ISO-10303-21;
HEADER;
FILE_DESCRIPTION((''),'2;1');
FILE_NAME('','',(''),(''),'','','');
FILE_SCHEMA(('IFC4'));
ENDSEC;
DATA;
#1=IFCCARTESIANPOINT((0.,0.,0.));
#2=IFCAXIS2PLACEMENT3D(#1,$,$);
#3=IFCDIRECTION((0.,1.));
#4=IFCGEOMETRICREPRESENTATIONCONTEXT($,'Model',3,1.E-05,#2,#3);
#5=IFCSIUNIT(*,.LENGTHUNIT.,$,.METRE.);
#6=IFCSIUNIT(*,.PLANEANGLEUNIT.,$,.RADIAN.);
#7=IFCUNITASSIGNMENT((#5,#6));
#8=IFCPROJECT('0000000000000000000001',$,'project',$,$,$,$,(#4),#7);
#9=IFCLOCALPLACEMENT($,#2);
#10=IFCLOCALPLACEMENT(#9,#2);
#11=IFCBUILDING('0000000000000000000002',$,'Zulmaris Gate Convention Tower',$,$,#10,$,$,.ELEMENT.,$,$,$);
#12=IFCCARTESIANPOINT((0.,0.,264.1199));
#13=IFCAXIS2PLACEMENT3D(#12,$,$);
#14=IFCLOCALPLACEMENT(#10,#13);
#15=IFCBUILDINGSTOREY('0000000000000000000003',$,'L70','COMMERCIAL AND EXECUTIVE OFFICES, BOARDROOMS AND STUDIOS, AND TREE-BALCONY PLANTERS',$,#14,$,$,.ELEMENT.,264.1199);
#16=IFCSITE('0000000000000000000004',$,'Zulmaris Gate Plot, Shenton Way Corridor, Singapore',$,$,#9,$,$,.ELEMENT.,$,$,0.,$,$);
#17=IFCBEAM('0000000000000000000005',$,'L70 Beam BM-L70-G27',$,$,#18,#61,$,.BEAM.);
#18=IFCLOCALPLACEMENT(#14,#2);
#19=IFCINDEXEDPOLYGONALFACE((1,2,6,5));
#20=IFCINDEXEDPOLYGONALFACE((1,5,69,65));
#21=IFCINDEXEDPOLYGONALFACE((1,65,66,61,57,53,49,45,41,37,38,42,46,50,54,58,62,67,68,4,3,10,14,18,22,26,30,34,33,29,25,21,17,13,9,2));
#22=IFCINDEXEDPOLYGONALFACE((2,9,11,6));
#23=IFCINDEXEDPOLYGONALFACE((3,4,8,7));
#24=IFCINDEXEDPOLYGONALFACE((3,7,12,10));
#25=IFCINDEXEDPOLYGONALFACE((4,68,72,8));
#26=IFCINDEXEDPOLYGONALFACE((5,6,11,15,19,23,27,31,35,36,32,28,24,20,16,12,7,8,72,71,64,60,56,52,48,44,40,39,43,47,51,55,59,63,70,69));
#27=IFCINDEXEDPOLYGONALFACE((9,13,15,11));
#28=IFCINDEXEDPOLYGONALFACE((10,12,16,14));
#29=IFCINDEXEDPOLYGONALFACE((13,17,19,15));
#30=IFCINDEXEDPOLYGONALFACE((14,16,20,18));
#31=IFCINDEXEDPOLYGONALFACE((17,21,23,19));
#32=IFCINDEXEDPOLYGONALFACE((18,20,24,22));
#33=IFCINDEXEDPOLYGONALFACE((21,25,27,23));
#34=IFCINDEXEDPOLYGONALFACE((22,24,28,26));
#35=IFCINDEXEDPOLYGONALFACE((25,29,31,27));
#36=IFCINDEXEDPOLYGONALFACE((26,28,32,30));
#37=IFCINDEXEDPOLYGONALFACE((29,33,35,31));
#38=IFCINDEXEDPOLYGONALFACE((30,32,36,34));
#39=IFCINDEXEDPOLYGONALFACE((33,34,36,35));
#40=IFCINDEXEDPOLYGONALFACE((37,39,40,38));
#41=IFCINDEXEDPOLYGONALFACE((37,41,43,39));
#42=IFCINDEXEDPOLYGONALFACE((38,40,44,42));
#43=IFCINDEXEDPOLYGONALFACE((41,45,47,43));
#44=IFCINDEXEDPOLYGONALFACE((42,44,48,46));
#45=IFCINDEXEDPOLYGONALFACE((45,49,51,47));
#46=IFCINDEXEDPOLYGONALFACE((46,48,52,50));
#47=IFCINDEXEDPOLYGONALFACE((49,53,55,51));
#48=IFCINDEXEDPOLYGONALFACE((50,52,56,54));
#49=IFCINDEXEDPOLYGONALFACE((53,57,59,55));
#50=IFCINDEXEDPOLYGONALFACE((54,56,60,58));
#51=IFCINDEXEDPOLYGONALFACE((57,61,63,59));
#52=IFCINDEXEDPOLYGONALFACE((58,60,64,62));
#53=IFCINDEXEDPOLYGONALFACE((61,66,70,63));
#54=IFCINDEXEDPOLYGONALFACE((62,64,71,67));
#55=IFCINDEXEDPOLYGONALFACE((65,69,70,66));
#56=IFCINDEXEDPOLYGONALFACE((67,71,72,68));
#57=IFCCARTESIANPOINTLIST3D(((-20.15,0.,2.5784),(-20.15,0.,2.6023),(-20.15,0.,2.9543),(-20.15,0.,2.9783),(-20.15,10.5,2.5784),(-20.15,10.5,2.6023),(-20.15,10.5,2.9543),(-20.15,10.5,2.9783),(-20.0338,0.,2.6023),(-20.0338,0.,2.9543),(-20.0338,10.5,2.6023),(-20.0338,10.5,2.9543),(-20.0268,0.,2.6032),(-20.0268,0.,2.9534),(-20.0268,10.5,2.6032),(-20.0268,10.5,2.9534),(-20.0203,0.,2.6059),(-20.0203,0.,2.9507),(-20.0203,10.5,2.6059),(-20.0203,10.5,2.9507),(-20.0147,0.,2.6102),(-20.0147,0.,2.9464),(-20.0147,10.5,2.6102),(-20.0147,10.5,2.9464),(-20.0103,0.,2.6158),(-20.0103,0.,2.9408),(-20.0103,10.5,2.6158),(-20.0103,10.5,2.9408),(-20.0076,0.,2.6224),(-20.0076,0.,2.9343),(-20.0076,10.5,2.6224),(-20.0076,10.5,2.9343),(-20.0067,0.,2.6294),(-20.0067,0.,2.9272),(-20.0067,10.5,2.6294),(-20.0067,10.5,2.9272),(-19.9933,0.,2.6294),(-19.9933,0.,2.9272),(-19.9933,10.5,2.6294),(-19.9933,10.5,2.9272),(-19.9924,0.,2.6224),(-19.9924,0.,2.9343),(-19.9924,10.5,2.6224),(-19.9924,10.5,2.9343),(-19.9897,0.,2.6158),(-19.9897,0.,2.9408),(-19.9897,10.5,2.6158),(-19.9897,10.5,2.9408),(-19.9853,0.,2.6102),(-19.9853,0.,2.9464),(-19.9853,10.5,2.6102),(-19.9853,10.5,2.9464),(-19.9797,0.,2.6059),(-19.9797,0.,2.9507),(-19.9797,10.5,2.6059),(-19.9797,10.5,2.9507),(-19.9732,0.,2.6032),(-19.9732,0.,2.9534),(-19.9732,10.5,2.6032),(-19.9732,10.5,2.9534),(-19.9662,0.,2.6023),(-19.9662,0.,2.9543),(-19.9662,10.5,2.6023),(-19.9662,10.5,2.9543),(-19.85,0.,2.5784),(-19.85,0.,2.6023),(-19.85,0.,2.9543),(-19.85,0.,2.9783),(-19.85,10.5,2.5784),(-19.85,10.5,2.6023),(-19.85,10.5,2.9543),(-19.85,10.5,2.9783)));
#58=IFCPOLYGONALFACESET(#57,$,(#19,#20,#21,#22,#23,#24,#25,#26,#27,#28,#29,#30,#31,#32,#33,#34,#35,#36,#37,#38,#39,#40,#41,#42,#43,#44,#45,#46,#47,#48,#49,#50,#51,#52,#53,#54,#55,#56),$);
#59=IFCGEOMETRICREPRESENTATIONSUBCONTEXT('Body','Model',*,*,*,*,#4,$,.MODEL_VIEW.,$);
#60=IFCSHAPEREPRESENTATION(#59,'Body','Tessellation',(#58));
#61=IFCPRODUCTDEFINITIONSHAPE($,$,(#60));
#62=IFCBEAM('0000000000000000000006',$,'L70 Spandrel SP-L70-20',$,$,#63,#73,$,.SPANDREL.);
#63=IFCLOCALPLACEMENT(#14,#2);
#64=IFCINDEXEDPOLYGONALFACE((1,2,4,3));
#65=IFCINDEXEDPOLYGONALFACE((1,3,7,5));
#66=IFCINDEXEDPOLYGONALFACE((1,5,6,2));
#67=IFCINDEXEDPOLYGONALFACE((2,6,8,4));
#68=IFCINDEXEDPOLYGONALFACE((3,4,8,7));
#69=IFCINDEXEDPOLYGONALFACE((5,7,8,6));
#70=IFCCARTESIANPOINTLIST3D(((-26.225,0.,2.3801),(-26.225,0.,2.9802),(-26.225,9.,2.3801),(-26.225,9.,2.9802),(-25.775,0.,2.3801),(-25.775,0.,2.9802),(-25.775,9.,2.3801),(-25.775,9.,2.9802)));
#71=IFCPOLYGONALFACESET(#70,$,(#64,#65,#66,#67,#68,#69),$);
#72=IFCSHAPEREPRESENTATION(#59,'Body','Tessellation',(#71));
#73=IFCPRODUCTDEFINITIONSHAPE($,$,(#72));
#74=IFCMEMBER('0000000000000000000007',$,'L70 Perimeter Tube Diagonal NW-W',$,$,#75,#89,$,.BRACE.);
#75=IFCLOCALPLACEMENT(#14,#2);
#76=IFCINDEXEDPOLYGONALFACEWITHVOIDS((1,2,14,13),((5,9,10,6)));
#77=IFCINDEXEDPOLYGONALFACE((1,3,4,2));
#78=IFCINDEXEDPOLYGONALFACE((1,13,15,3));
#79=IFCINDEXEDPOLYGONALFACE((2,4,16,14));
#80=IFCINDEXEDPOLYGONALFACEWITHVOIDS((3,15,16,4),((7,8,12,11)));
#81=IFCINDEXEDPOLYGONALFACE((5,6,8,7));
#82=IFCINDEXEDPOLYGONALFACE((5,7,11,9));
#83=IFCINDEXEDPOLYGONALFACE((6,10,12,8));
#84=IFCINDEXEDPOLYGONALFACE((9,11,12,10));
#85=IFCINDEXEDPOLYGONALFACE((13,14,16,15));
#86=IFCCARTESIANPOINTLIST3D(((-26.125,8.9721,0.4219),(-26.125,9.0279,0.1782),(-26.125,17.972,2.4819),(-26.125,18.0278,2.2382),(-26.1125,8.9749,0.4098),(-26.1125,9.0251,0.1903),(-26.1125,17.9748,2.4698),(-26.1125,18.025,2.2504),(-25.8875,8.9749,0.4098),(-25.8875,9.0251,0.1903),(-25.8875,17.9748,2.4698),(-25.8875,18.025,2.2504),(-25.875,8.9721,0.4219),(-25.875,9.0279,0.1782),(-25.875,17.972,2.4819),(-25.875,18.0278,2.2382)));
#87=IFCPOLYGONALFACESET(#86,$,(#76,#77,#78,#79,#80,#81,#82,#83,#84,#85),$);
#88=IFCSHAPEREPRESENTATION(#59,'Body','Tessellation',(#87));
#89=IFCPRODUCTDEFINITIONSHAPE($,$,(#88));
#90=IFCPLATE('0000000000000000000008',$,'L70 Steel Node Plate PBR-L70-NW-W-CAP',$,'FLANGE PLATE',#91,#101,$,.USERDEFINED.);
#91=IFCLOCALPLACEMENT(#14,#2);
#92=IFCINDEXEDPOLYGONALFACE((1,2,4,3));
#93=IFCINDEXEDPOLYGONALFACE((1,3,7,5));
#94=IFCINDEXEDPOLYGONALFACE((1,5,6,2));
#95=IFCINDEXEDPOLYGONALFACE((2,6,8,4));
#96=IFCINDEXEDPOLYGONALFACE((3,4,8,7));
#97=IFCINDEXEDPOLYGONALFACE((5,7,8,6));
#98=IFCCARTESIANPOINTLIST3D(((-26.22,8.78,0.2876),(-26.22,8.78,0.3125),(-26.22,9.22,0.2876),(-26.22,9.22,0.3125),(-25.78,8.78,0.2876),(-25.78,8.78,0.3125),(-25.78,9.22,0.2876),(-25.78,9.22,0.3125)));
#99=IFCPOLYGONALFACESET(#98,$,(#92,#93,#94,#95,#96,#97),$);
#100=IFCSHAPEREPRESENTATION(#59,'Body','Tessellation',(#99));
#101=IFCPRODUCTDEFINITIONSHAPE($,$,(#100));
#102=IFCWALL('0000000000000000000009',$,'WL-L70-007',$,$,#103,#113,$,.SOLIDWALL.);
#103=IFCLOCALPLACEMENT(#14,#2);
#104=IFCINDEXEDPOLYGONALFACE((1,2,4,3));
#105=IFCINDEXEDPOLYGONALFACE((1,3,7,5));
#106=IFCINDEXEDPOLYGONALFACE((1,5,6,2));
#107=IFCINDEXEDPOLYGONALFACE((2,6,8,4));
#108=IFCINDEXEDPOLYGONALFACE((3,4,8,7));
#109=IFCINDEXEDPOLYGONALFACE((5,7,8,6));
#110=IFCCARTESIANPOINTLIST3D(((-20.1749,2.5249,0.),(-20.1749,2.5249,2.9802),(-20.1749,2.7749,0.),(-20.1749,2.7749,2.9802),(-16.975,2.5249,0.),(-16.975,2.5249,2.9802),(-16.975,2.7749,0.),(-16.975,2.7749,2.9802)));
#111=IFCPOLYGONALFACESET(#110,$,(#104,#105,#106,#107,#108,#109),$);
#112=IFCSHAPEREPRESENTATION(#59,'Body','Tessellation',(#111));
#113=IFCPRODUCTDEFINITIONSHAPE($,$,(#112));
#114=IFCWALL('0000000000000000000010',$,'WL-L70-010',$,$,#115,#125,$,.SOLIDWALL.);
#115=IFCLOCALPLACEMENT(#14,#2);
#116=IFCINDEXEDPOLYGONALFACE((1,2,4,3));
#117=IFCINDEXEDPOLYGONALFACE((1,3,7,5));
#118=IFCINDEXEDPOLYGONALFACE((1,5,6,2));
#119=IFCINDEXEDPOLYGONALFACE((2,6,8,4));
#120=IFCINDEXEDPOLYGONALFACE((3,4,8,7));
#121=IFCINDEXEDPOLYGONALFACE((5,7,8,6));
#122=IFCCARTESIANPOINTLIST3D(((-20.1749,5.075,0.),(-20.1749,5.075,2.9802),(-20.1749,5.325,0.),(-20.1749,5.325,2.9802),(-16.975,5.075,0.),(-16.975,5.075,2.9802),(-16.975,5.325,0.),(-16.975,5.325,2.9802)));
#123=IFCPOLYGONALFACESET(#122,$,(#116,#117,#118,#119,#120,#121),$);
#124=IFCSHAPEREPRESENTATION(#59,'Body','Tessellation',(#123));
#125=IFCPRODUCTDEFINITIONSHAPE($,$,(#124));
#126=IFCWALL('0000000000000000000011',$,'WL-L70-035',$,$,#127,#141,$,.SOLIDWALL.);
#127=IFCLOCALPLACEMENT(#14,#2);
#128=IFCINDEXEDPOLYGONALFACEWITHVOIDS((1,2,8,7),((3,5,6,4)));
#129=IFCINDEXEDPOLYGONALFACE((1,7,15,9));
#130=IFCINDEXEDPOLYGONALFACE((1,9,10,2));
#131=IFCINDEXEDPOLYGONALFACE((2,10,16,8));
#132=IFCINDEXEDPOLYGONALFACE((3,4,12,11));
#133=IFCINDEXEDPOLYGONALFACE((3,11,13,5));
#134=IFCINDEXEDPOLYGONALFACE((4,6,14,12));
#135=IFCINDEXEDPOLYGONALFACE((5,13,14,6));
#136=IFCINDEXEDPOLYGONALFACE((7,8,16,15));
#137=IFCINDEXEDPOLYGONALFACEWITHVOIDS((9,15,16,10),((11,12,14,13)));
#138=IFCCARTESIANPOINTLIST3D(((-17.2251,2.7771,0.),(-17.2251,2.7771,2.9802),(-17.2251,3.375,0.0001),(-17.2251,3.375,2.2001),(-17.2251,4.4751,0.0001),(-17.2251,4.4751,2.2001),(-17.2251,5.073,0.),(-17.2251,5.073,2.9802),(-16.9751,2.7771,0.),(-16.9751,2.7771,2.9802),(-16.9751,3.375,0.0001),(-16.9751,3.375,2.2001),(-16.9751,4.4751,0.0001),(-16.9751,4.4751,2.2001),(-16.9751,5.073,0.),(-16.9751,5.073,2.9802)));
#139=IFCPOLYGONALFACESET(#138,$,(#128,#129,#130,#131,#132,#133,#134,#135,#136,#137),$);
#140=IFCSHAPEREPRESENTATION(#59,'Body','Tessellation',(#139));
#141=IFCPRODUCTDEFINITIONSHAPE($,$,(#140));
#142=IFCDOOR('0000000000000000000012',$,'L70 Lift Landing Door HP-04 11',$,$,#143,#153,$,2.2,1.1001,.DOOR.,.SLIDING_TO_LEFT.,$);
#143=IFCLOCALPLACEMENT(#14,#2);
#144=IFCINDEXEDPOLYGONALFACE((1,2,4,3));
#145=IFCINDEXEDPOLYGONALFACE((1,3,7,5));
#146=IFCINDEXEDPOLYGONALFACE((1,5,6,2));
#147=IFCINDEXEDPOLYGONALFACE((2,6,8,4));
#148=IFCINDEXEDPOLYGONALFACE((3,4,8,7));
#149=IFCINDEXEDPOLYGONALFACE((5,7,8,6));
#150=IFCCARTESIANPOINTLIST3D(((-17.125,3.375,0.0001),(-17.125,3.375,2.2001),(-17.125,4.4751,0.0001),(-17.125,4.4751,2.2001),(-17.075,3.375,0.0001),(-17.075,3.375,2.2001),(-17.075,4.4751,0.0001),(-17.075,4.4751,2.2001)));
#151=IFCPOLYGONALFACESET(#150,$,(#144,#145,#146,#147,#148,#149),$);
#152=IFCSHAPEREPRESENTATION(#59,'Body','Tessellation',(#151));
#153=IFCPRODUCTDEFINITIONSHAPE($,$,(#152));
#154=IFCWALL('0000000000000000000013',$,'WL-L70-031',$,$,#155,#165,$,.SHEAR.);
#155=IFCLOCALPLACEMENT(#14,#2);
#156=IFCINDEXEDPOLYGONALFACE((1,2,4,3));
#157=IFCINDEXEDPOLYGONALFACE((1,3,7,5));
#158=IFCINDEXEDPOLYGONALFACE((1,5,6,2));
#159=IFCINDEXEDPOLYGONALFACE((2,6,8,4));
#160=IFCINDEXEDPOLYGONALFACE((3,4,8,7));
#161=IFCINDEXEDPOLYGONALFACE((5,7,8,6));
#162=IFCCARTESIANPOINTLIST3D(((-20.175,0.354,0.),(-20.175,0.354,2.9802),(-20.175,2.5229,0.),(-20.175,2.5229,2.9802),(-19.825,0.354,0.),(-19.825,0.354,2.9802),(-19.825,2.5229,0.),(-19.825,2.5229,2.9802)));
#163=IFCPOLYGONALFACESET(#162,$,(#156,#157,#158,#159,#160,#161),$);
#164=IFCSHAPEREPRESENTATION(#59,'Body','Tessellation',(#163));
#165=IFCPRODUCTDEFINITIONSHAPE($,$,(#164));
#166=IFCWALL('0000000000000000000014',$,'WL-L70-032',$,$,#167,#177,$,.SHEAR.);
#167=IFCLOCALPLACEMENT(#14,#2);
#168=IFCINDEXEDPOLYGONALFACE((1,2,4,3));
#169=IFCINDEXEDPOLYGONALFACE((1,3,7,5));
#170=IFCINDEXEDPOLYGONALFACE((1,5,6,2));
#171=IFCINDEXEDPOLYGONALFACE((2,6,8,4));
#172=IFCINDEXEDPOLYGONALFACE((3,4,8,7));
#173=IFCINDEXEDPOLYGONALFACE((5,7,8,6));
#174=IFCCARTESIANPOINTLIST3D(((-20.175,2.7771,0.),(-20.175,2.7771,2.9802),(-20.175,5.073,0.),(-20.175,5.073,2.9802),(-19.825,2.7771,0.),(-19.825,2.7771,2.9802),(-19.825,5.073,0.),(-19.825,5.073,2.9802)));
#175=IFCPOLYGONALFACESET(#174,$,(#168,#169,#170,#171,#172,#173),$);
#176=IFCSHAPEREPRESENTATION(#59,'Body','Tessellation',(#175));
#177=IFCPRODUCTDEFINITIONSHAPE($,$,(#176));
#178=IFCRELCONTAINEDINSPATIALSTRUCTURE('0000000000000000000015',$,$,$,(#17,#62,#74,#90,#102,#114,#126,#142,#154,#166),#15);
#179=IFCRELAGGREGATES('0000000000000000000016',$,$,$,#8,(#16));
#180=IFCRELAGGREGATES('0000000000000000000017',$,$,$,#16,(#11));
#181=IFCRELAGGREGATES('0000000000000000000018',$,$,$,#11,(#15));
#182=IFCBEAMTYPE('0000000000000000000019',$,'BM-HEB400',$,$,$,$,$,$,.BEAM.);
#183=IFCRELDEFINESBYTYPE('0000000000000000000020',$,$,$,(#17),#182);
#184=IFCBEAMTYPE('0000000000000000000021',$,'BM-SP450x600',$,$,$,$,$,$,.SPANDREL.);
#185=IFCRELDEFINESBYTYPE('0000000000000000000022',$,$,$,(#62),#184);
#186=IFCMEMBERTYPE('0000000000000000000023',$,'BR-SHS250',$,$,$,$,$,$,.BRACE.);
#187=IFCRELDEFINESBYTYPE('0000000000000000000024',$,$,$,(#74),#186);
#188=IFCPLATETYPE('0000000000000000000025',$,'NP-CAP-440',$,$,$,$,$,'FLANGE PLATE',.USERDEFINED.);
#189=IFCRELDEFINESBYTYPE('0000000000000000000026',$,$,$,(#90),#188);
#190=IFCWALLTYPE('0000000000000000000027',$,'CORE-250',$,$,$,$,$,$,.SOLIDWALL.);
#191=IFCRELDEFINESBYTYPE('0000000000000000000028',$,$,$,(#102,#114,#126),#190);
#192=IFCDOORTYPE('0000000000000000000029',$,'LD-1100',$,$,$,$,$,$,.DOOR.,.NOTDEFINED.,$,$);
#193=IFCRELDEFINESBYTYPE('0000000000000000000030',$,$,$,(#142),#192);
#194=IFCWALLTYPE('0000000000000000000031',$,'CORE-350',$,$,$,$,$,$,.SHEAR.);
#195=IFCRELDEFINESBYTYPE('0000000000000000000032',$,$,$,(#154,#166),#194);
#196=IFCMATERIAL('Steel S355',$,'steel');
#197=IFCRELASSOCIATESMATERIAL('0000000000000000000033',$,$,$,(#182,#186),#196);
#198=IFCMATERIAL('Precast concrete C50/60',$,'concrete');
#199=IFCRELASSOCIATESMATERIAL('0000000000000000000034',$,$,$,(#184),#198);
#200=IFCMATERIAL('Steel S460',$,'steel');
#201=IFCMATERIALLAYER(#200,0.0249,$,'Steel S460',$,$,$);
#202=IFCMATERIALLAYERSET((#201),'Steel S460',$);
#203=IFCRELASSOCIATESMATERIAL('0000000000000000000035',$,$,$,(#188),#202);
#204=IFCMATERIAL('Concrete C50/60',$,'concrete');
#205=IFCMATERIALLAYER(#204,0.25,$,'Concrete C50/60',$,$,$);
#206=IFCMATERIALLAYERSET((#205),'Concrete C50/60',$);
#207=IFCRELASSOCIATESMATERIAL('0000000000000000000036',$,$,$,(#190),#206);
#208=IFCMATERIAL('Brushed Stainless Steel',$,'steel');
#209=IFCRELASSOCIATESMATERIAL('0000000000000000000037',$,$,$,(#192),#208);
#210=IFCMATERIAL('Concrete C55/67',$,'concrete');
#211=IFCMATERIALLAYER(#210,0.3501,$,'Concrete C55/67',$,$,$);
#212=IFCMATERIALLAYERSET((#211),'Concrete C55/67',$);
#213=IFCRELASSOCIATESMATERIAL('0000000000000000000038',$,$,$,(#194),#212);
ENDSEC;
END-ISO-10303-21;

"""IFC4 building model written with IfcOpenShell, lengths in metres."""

from ifc_helpers import new_model, si_unit, direction, frame, frame_2d, origin, origin_2d, place, context, subcontext, project, spatial, rectangle, hollow_rectangle, i_section, extrude, material, layer, layer_set, material_profile, profile_set, type_object, element, fill, save


model = new_model("IFC4")

# Units and contexts
model_context = context("Model", 3, precision=1e-05, world=origin(), true_north=direction((0.0, 1.0)))
body_context = subcontext(model_context, "Body", "Model", "MODEL_VIEW")
ifc_project = project(units=[si_unit("LENGTHUNIT", "METRE"), si_unit("PLANEANGLEUNIT", "RADIAN")], contexts=[model_context])

# Site, building, storey
site_placement = place(None, origin())
site = spatial("IfcSite", under=ifc_project, at=site_placement, Name="Zulmaris Gate Plot, Shenton Way Corridor, Singapore", CompositionType="ELEMENT", RefElevation=0.0)
building_placement = place(site_placement, origin())
building = spatial("IfcBuilding", under=site, at=building_placement, Name="Zulmaris Gate Convention Tower", CompositionType="ELEMENT")
storey_placement = place(building_placement, frame((0.0, 0.0, 264.1199)))
storey = spatial("IfcBuildingStorey", under=building, at=storey_placement, Name="L70", Description="COMMERCIAL AND EXECUTIVE OFFICES, BOARDROOMS AND STUDIOS, AND TREE-BALCONY PLANTERS", CompositionType="ELEMENT", Elevation=264.1199)

# Shared definitions
ifc_material_1 = material(Name="Concrete C50/60", Category="concrete")

# Beams
ifc_material_2 = material(Name="Steel S355", Category="steel")
ifc_material_profile_1 = material_profile(ifc_material_2, i_section(OverallWidth=0.3, OverallDepth=0.3999, WebThickness=0.0134, FlangeThickness=0.0239, FilletRadius=0.0271, at=origin_2d()), Name="HEB 400")
ifc_profile_set_1 = profile_set([ifc_material_profile_1], Name="Steel S355")
beam_type_1 = type_object("IfcBeamType", Name="BM-HEB400", PredefinedType="BEAM", material=ifc_profile_set_1)
beam_1_placement = place(storey_placement, frame((-20.0, 0.0, 2.7783), z_axis=(0.0, 1.0, 0.0), x_axis=(-1.0, 0.0, 0.0)))
element("IfcBeam", 1, at=beam_1_placement, inside=storey, type_object=beam_type_1, Name="L70 Beam BM-L70-G27", PredefinedType="BEAM", context=body_context, shape_type="SweptSolid", body=[
    extrude(i_section(OverallWidth=0.3, OverallDepth=0.3999, WebThickness=0.0134, FlangeThickness=0.0239, FilletRadius=0.0271, at=origin_2d()), origin(), (0.0, 0.0, 1.0), 10.5),
])
ifc_material_3 = material(Name="Precast concrete C50/60", Category="concrete")
ifc_material_profile_2 = material_profile(ifc_material_3, rectangle(XDim=0.45, YDim=0.6001, at=origin_2d()), Name="RC SPANDREL 450x600")
ifc_profile_set_2 = profile_set([ifc_material_profile_2], Name="Precast concrete C50/60")
beam_type_2 = type_object("IfcBeamType", Name="BM-SP450x600", PredefinedType="SPANDREL", material=ifc_profile_set_2)
beam_2_placement = place(storey_placement, frame((-26.0, 9.0, 2.6802), z_axis=(0.0, -1.0, 0.0), x_axis=(1.0, 0.0, 0.0)))
element("IfcBeam", 2, at=beam_2_placement, inside=storey, type_object=beam_type_2, Name="L70 Spandrel SP-L70-20", PredefinedType="SPANDREL", context=body_context, shape_type="SweptSolid", body=[
    extrude(rectangle(XDim=0.45, YDim=0.6001, at=origin_2d()), origin(), (0.0, 0.0, 1.0), 9.0),
])

# Member
ifc_material_profile_3 = material_profile(ifc_material_2, hollow_rectangle(XDim=0.25, YDim=0.25, WallThickness=0.0125, at=origin_2d()), Name="SHS 250x250x12.5")
ifc_profile_set_3 = profile_set([ifc_material_profile_3], Name="Steel S355")
member_type = type_object("IfcMemberType", Name="BR-SHS250", PredefinedType="BRACE", material=ifc_profile_set_3)
member_placement = place(storey_placement, frame((-26.0, 9.0, 0.3), z_axis=(0.0, 0.97479, 0.223125), x_axis=(-1.0, 0.0, 0.0)))
element("IfcMember", 3, at=member_placement, inside=storey, type_object=member_type, Name="L70 Perimeter Tube Diagonal NW-W", PredefinedType="BRACE", context=body_context, shape_type="SweptSolid", body=[
    extrude(hollow_rectangle(XDim=0.25, YDim=0.25, WallThickness=0.0125, at=origin_2d()), origin(), (0.0, 0.0, 1.0), 9.2327),
])

# Plate
ifc_material_4 = material(Name="Steel S460", Category="steel")
ifc_layer_1 = layer(ifc_material_4, 0.0249, Name="Steel S460")
ifc_layer_set_1 = layer_set([ifc_layer_1], Name="Steel S460")
plate_type = type_object("IfcPlateType", Name="NP-CAP-440", ElementType="FLANGE PLATE", PredefinedType="USERDEFINED", material=ifc_layer_set_1)
plate_placement = place(storey_placement, frame((-26.0, 9.0, 0.2876), z_axis=(0.0, 0.0, 1.0), x_axis=(1.0, 0.0, 0.0)))
element("IfcPlate", 4, at=plate_placement, inside=storey, type_object=plate_type, Name="L70 Steel Node Plate PBR-L70-NW-W-CAP", ObjectType="FLANGE PLATE", PredefinedType="USERDEFINED", context=body_context, shape_type="SweptSolid", body=[
    extrude(rectangle(XDim=0.4399, YDim=0.4399, at=origin_2d()), origin(), (0.0, 0.0, 1.0), 0.0249),
])

# Walls
ifc_layer_2 = layer(ifc_material_1, 0.25, Name="Concrete C50/60")
ifc_layer_set_2 = layer_set([ifc_layer_2], Name="Concrete C50/60")
wall_type_1 = type_object("IfcWallType", Name="CORE-250", PredefinedType="SOLIDWALL", material=ifc_layer_set_2)
for number, where, z_axis, x_axis, name in (
    (5, (-20.175, 2.6499, 0.0), (0.0, 0.0, 1.0), (1.0, 0.0, 0.0), "WL-L70-007"),
    (6, (-20.175, 5.2, 0.0), (0.0, 0.0, 1.0), (1.0, 0.0, 0.0), "WL-L70-010"),
):
    element("IfcWall", number, at=place(storey_placement, frame(where, z_axis=z_axis, x_axis=x_axis)), inside=storey, type_object=wall_type_1, Name=name, PredefinedType="SOLIDWALL", context=body_context, shape_type="SweptSolid", body=[
        extrude(rectangle(XDim=3.2, YDim=0.25, at=frame_2d((1.6001, 0.0))), origin(), (0.0, 0.0, 1.0), 2.9802),
    ])

# Wall, opening, door
wall_1_placement = place(storey_placement, frame((-17.1001, 2.7771, 0.0), z_axis=(0.0, 0.0, 1.0), x_axis=(0.0, 1.0, 0.0)))
wall_1 = element("IfcWall", 7, at=wall_1_placement, inside=storey, type_object=wall_type_1, Name="WL-L70-035", PredefinedType="SOLIDWALL", context=body_context, shape_type="SweptSolid", body=[
    extrude(rectangle(XDim=2.2959, YDim=0.25, at=frame_2d((1.1479, 0.0))), origin(), (0.0, 0.0, 1.0), 2.9802),
])
opening_1_placement = place(wall_1_placement, frame((0.5979, 0.0, 0.0)))
opening_1 = element("IfcOpeningElement", 8, at=opening_1_placement, cuts=wall_1, PredefinedType="OPENING", context=body_context, shape_type="SweptSolid", body=[
    extrude(rectangle(XDim=1.1001, YDim=2.2, at=frame_2d((0.55, 1.1001))), frame((0.0, 0.135, 0.0), z_axis=(0.0, -1.0, 0.0), x_axis=(1.0, 0.0, 0.0)), (0.0, 0.0, 1.0), 0.27),
])
ifc_material_5 = material(Name="Brushed Stainless Steel", Category="steel")
door_type_1 = type_object("IfcDoorType", Name="LD-1100", OperationType="NOTDEFINED", PredefinedType="DOOR", material=ifc_material_5)
door_1_placement = place(opening_1_placement, origin())
door_1 = element("IfcDoor", 9, at=door_1_placement, inside=storey, type_object=door_type_1, Name="L70 Lift Landing Door HP-04 11", OperationType="SLIDING_TO_LEFT", OverallHeight=2.2, OverallWidth=1.1001, PredefinedType="DOOR", context=body_context, shape_type="SweptSolid", body=[
    extrude(rectangle(XDim=1.1001, YDim=2.2, at=frame_2d((0.55, 1.1001))), frame((0.0, 0.0249, 0.0), z_axis=(0.0, -1.0, 0.0), x_axis=(1.0, 0.0, 0.0)), (0.0, 0.0, 1.0), 0.05),
])
fill(opening_1, door_1)

# Walls
ifc_material_6 = material(Name="Concrete C55/67", Category="concrete")
ifc_layer_3 = layer(ifc_material_6, 0.3501, Name="Concrete C55/67")
ifc_layer_set_3 = layer_set([ifc_layer_3], Name="Concrete C55/67")
wall_type_2 = type_object("IfcWallType", Name="CORE-350", PredefinedType="SHEAR", material=ifc_layer_set_3)
wall_2_placement = place(storey_placement, frame((-20.0, 0.354, 0.0), z_axis=(0.0, 0.0, 1.0), x_axis=(0.0, 1.0, 0.0)))
element("IfcWall", 10, at=wall_2_placement, inside=storey, type_object=wall_type_2, Name="WL-L70-031", PredefinedType="SHEAR", context=body_context, shape_type="SweptSolid", body=[
    extrude(rectangle(XDim=2.1689, YDim=0.3501, at=frame_2d((1.0845, 0.0))), origin(), (0.0, 0.0, 1.0), 2.9802),
])
wall_3_placement = place(storey_placement, frame((-20.0, 2.7771, 0.0), z_axis=(0.0, 0.0, 1.0), x_axis=(0.0, 1.0, 0.0)))
element("IfcWall", 11, at=wall_3_placement, inside=storey, type_object=wall_type_2, Name="WL-L70-032", PredefinedType="SHEAR", context=body_context, shape_type="SweptSolid", body=[
    extrude(rectangle(XDim=2.2959, YDim=0.3501, at=frame_2d((1.1479, 0.0))), origin(), (0.0, 0.0, 1.0), 2.9802),
])

save(model, "model.ifc")
